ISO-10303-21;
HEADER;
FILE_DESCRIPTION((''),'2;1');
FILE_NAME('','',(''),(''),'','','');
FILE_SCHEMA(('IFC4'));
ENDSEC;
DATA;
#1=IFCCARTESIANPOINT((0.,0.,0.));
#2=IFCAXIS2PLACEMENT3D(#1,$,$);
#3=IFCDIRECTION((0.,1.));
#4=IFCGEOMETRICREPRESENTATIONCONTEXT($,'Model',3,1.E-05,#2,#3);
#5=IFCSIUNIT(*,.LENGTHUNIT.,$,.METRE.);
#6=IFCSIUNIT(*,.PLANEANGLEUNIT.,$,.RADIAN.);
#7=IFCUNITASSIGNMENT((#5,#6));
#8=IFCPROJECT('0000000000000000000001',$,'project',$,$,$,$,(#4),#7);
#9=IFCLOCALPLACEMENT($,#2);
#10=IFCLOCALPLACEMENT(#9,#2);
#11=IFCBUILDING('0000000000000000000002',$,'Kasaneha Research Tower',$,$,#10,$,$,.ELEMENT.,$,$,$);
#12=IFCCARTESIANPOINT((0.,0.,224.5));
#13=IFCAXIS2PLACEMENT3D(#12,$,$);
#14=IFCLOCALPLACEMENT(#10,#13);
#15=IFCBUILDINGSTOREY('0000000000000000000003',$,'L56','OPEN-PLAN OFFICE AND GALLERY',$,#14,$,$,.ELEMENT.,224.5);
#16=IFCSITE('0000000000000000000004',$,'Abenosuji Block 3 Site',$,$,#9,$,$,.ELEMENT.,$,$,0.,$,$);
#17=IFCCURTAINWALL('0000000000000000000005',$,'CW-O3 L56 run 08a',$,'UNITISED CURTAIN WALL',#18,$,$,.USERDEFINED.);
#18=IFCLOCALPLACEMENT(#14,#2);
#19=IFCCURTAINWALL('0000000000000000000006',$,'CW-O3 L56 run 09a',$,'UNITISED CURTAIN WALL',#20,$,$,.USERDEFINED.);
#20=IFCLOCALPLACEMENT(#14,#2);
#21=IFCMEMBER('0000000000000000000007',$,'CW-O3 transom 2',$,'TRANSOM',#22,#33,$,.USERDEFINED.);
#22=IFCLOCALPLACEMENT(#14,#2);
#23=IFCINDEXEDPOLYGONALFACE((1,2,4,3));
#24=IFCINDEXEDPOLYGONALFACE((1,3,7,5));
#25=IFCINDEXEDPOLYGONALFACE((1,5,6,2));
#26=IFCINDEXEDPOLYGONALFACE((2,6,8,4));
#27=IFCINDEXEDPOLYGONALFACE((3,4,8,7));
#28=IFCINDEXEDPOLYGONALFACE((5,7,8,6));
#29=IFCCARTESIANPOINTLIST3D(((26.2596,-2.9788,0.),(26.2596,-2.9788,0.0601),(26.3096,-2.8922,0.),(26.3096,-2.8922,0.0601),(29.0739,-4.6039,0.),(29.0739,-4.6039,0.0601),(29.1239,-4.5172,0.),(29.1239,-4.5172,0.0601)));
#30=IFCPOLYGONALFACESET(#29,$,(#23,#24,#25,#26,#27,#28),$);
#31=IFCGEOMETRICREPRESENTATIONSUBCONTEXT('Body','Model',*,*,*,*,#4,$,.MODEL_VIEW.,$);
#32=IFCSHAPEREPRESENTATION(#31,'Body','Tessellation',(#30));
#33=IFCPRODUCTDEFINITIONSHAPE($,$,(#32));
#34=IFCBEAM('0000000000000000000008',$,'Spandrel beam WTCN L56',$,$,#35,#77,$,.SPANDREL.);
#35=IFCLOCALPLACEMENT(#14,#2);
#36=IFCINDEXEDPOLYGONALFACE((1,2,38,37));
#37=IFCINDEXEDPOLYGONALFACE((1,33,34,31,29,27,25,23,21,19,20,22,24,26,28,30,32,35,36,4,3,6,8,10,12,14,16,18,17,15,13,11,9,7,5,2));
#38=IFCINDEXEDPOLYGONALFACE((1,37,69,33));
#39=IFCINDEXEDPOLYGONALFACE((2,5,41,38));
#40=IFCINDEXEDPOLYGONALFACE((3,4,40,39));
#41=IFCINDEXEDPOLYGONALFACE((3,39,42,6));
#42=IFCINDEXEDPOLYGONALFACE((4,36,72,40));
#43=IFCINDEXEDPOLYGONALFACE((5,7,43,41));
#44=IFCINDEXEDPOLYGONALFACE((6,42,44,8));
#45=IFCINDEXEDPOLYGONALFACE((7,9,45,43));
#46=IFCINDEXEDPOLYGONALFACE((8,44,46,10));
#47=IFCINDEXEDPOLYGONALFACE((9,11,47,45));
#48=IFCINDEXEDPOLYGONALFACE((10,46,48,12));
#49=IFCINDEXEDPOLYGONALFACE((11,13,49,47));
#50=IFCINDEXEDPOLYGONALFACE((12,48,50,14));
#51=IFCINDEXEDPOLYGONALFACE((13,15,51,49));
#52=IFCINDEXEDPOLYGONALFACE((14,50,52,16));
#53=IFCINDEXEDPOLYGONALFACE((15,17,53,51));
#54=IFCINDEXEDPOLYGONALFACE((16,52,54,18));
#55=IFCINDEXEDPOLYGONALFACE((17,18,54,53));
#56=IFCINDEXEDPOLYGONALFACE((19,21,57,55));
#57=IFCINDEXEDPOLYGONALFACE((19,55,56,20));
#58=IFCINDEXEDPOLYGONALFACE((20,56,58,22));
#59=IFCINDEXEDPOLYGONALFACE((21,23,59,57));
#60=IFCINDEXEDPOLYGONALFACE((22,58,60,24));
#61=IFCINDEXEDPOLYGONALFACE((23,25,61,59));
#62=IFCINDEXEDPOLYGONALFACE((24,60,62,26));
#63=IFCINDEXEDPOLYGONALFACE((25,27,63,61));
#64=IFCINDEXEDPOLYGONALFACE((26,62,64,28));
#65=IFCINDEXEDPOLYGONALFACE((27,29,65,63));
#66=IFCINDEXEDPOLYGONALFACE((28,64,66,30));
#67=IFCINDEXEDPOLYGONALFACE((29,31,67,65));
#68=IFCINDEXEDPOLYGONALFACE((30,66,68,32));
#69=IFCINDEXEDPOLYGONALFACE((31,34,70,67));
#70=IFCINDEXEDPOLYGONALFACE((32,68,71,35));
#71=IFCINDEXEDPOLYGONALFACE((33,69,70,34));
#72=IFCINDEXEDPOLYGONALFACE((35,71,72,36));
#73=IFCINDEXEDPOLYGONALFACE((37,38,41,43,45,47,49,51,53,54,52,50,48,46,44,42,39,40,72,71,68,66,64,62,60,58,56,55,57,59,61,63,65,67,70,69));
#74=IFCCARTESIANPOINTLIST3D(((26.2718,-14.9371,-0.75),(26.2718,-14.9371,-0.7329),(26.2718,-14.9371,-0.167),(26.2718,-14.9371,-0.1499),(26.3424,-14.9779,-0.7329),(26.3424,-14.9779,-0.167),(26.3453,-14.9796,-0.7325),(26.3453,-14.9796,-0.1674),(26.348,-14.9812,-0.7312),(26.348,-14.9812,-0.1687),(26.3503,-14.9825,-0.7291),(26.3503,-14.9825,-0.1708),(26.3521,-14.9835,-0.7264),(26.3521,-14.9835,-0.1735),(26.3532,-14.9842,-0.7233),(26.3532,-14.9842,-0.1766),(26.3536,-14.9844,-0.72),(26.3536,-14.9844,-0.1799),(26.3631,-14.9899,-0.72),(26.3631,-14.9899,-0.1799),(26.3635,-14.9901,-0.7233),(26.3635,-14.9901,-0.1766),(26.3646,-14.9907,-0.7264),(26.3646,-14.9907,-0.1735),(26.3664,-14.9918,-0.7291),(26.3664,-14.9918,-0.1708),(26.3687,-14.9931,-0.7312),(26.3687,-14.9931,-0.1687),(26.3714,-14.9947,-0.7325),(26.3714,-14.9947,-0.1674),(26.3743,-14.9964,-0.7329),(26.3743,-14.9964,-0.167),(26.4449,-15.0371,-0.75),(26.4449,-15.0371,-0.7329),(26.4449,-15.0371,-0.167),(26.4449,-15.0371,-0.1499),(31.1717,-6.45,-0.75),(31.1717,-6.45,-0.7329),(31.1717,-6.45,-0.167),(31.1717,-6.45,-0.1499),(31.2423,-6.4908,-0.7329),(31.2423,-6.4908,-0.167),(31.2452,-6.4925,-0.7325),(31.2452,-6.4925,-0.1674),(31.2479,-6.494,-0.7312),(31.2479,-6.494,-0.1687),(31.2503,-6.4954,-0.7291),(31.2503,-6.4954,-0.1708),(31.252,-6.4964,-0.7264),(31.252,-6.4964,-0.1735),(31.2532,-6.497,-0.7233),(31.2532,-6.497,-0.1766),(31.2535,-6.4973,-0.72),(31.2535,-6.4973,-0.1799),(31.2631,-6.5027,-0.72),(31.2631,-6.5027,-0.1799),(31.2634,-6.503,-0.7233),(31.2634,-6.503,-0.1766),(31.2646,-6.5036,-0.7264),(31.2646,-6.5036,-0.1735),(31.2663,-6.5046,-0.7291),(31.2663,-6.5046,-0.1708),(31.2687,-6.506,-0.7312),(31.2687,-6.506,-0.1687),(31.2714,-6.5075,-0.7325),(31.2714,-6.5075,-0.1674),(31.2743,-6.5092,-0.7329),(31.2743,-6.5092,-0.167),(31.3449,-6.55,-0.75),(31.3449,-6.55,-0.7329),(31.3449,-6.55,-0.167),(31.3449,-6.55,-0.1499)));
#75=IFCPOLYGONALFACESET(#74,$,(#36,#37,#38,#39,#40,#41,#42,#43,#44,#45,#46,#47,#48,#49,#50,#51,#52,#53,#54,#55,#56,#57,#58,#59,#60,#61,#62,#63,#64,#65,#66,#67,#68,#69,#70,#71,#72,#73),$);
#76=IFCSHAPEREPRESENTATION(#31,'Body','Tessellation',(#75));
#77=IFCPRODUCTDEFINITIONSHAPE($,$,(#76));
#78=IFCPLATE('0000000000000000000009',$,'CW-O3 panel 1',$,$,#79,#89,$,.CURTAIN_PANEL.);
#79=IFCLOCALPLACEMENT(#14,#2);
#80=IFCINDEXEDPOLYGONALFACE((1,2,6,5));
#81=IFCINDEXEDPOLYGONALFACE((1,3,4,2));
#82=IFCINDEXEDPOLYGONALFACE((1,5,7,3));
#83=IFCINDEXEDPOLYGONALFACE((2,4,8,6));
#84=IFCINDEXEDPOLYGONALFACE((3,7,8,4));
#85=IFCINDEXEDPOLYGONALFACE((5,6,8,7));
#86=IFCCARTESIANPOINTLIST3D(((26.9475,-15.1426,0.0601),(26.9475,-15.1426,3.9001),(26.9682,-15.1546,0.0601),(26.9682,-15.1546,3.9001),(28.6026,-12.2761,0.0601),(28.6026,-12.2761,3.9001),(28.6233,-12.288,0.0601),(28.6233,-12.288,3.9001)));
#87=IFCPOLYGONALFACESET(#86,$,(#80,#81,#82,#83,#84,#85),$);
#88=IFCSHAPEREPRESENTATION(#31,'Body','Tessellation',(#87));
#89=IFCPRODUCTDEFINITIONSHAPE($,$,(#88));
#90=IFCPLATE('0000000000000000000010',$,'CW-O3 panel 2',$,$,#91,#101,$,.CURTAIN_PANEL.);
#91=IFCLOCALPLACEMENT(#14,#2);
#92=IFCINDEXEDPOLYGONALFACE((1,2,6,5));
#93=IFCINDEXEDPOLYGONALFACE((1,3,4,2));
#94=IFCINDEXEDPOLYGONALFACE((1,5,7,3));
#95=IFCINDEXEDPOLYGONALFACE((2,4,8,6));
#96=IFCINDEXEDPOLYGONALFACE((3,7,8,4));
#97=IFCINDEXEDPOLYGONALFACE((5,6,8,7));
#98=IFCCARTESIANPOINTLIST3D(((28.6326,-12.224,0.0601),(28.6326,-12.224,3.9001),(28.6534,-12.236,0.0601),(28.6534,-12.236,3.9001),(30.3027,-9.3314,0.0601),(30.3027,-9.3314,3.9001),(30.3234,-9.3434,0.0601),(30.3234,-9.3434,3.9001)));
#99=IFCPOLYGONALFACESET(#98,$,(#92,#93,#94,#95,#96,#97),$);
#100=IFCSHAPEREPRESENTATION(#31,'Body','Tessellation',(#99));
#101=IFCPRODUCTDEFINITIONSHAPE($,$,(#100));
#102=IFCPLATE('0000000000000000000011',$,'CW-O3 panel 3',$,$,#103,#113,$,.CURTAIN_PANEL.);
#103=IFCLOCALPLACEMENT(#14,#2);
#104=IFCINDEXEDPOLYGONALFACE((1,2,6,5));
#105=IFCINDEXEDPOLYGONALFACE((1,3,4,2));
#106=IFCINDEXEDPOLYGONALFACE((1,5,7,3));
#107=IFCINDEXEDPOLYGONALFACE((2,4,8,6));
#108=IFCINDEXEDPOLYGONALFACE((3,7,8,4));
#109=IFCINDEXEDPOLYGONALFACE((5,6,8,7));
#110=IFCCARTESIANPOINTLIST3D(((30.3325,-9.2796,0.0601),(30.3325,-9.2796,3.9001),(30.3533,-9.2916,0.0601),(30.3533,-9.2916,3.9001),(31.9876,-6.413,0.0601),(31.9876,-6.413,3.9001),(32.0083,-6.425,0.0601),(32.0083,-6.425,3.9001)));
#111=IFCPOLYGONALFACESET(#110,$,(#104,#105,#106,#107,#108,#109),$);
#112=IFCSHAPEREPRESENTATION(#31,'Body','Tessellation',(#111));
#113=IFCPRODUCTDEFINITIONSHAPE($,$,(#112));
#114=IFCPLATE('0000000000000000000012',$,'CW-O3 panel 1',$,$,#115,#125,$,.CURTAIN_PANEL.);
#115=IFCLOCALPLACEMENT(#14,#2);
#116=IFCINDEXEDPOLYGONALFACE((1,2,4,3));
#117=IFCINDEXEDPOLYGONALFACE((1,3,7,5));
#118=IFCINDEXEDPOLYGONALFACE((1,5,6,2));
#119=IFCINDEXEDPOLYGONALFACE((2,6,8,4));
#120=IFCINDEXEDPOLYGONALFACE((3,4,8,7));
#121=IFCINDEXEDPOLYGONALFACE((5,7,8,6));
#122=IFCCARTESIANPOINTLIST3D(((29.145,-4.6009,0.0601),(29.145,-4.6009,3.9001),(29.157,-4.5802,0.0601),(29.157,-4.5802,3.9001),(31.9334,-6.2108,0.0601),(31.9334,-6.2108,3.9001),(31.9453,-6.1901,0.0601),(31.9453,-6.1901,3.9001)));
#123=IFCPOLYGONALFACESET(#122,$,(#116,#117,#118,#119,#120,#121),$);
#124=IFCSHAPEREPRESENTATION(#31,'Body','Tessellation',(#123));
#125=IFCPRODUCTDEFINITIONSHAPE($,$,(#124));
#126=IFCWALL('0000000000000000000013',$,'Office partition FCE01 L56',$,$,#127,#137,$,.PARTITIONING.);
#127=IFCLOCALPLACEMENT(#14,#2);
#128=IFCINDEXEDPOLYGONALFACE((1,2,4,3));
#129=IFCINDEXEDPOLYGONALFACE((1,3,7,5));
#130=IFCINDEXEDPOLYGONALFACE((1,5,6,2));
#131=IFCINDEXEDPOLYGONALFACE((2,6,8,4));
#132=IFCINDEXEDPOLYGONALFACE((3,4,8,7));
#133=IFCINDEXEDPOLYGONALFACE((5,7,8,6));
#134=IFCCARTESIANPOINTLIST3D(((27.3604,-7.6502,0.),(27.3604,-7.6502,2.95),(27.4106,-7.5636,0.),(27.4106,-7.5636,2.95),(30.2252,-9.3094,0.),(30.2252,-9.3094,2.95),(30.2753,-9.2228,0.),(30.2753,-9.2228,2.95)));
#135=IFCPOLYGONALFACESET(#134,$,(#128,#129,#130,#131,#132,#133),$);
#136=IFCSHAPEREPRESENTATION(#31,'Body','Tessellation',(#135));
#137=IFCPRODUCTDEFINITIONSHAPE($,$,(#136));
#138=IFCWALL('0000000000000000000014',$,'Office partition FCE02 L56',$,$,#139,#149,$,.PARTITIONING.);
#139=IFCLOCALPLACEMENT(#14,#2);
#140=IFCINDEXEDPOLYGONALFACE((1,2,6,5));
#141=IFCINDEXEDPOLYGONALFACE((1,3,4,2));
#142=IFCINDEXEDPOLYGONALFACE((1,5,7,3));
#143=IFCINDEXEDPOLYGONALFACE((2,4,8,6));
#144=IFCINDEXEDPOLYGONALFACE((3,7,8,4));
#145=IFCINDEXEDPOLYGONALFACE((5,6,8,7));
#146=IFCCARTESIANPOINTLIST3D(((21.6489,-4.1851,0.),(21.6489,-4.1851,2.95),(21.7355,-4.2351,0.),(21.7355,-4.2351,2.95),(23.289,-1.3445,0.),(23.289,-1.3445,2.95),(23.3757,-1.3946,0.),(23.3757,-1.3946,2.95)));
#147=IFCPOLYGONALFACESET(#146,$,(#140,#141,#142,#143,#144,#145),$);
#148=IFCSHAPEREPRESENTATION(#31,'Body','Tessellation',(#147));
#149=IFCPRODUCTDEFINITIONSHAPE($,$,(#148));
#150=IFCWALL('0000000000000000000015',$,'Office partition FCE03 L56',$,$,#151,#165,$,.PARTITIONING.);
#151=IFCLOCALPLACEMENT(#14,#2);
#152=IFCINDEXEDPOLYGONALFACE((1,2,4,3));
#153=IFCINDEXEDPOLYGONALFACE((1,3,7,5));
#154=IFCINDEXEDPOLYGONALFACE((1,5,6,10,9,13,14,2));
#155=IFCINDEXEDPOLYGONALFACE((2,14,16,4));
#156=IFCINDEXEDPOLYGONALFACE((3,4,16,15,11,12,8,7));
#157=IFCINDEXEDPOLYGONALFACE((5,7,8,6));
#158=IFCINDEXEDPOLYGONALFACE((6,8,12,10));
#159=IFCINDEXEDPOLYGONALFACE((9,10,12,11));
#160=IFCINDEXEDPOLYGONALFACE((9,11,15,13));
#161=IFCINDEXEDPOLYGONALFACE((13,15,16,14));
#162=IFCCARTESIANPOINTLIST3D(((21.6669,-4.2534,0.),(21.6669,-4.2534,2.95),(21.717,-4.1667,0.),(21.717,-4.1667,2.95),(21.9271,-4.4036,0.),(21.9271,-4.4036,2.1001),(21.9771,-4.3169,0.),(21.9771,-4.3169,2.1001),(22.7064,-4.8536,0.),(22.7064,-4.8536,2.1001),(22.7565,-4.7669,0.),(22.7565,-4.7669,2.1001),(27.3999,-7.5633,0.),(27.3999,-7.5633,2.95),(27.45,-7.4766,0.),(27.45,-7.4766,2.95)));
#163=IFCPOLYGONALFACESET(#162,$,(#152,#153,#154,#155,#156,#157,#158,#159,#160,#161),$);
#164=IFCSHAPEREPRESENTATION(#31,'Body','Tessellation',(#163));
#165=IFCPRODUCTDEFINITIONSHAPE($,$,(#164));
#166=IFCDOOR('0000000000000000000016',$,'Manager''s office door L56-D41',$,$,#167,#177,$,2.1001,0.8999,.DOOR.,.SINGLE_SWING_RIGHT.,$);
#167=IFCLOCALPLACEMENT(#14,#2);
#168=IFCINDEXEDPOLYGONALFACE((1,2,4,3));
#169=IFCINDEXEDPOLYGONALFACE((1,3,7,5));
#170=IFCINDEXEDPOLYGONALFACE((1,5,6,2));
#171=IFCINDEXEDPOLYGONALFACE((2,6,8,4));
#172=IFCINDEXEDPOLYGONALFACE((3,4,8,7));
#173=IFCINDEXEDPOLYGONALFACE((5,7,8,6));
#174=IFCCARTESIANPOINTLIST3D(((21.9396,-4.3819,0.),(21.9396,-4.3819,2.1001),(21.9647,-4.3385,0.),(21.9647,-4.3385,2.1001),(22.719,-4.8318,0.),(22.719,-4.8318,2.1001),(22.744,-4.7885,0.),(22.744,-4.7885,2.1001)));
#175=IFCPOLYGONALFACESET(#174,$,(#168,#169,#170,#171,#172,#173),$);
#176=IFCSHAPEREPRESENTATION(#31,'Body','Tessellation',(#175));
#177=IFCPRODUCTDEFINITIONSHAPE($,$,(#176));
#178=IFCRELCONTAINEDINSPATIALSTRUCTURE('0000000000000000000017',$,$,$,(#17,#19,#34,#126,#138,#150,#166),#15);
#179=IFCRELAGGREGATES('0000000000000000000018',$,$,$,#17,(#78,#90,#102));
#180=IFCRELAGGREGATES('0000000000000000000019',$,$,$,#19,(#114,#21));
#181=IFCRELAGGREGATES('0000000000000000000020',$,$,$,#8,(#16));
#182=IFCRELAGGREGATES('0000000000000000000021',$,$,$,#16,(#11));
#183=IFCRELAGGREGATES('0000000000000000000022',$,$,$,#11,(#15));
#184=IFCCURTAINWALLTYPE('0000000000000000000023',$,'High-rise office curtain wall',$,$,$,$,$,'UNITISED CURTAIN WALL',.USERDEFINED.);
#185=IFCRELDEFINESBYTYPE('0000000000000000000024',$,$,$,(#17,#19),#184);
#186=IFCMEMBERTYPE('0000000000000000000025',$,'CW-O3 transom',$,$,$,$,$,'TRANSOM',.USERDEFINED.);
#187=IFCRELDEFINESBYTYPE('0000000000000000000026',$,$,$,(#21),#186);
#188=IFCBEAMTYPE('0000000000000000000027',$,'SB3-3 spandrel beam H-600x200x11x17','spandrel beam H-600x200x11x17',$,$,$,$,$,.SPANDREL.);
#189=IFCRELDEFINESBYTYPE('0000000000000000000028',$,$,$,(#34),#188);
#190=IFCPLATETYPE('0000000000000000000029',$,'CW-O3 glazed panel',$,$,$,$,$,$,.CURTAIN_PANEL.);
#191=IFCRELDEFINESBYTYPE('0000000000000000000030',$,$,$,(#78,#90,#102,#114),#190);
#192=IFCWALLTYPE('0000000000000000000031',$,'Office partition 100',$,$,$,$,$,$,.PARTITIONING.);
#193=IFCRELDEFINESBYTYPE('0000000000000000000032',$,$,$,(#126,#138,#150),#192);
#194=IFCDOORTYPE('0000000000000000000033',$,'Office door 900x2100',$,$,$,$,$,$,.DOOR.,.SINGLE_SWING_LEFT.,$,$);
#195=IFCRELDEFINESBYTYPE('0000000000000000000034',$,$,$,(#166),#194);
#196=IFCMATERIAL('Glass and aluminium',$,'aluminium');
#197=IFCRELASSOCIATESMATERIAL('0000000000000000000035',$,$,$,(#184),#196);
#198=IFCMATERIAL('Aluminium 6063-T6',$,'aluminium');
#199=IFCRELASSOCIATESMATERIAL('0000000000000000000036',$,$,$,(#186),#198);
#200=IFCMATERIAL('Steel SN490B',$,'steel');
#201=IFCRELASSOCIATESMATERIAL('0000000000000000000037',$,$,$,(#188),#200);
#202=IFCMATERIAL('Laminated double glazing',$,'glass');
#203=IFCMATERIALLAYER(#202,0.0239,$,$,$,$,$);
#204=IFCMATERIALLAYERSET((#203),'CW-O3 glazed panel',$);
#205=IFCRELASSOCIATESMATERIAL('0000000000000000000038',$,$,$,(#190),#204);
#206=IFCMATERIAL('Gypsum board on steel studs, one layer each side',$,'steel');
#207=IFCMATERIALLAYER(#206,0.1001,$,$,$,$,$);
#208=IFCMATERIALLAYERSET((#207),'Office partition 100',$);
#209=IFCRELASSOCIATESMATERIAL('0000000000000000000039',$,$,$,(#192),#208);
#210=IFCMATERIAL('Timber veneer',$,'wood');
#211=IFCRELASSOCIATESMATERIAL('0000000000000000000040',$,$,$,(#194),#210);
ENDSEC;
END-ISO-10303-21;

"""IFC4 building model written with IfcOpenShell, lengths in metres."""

from ifc_helpers import new_model, si_unit, direction, frame, frame_2d, origin, origin_2d, place, context, subcontext, project, spatial, rectangle, i_section, extrude, material, layer, layer_set, material_profile, profile_set, type_object, element, fill, aggregate, save


model = new_model("IFC4")

# Units and contexts
model_context = context("Model", 3, precision=1e-05, world=origin(), true_north=direction((0.0, 1.0)))
body_context = subcontext(model_context, "Body", "Model", "MODEL_VIEW")
ifc_project = project(units=[si_unit("LENGTHUNIT", "METRE"), si_unit("PLANEANGLEUNIT", "RADIAN")], contexts=[model_context])

# Site, building, storey
site_placement = place(None, origin())
site = spatial("IfcSite", under=ifc_project, at=site_placement, Name="Abenosuji Block 3 Site", CompositionType="ELEMENT", RefElevation=0.0)
building_placement = place(site_placement, origin())
building = spatial("IfcBuilding", under=site, at=building_placement, Name="Kasaneha Research Tower", CompositionType="ELEMENT")
storey_placement = place(building_placement, frame((0.0, 0.0, 224.5)))
storey = spatial("IfcBuildingStorey", under=building, at=storey_placement, Name="L56", Description="OPEN-PLAN OFFICE AND GALLERY", CompositionType="ELEMENT", Elevation=224.5)

# Curtain walls
ifc_material_1 = material(Name="Glass and aluminium", Category="aluminium")
curtain_wall_type = type_object("IfcCurtainWallType", Name="High-rise office curtain wall", ElementType="UNITISED CURTAIN WALL", PredefinedType="USERDEFINED", material=ifc_material_1)
curtain_wall_1_placement = place(storey_placement, origin())
curtain_wall_1 = element("IfcCurtainWall", 1, at=curtain_wall_1_placement, inside=storey, type_object=curtain_wall_type, Name="CW-O3 L56 run 08a", ObjectType="UNITISED CURTAIN WALL", PredefinedType="USERDEFINED")
curtain_wall_2_placement = place(storey_placement, origin())
curtain_wall_2 = element("IfcCurtainWall", 2, at=curtain_wall_2_placement, inside=storey, type_object=curtain_wall_type, Name="CW-O3 L56 run 09a", ObjectType="UNITISED CURTAIN WALL", PredefinedType="USERDEFINED")

# Member
ifc_material_2 = material(Name="Aluminium 6063-T6", Category="aluminium")
ifc_material_profile_1 = material_profile(ifc_material_2, rectangle(XDim=0.1001, YDim=0.0601, at=origin_2d()), Name="CW-O3 transom 100x60")
ifc_profile_set_1 = profile_set([ifc_material_profile_1], Name="Aluminium 6063-T6")
member_type_1 = type_object("IfcMemberType", Name="CW-O3 transom", ElementType="TRANSOM", PredefinedType="USERDEFINED", material=ifc_profile_set_1)
member_1_placement = place(storey_placement, frame((29.0989, -4.5605, 0.03), z_axis=(-0.865997, 0.50005, 0.0), x_axis=(-0.50005, -0.865997, 0.0)))
member_1 = element("IfcMember", 3, at=member_1_placement, type_object=member_type_1, Name="CW-O3 transom 2", ObjectType="TRANSOM", PredefinedType="USERDEFINED", context=body_context, shape_type="SweptSolid", body=[
    extrude(rectangle(XDim=0.1001, YDim=0.0601, at=origin_2d()), origin(), (0.0, 0.0, 1.0), 3.2498),
])

# Beam
ifc_material_3 = material(Name="Steel SN490B", Category="steel")
ifc_material_profile_2 = material_profile(ifc_material_3, i_section(OverallWidth=0.2, OverallDepth=0.6001, WebThickness=0.011, FlangeThickness=0.0171, FilletRadius=0.0129, at=origin_2d()), Name="H-600x200x11x17")
ifc_profile_set_2 = profile_set([ifc_material_profile_2], Name="Steel SN490B")
beam_type_1 = type_object("IfcBeamType", Name="SB3-3 spandrel beam H-600x200x11x17", Description="spandrel beam H-600x200x11x17", PredefinedType="SPANDREL", material=ifc_profile_set_2)
beam_1_placement = place(storey_placement, frame((31.2583, -6.5, -0.45), z_axis=(-0.499992, -0.86603, 0.0), x_axis=(0.86603, -0.499992, 0.0)))
element("IfcBeam", 4, at=beam_1_placement, inside=storey, type_object=beam_type_1, Name="Spandrel beam WTCN L56", PredefinedType="SPANDREL", context=body_context, shape_type="SweptSolid", body=[
    extrude(i_section(OverallWidth=0.2, OverallDepth=0.6001, WebThickness=0.011, FlangeThickness=0.0171, FilletRadius=0.0129, at=origin_2d()), origin(), (0.0, 0.0, 1.0), 9.8),
])

# Plates
ifc_material_4 = material(Name="Laminated double glazing", Category="glass")
ifc_layer_1 = layer(ifc_material_4, 0.0239)
ifc_layer_set_1 = layer_set([ifc_layer_1], Name="CW-O3 glazed panel")
plate_type = type_object("IfcPlateType", Name="CW-O3 glazed panel", PredefinedType="CURTAIN_PANEL", material=ifc_layer_set_1)
plate_1_placement = place(storey_placement, frame((27.7854, -13.7153, 0.0601), z_axis=(0.0, 0.0, 1.0), x_axis=(0.5, 0.866025, 0.0)))
plate_1 = element("IfcPlate", 5, at=plate_1_placement, type_object=plate_type, Name="CW-O3 panel 1", PredefinedType="CURTAIN_PANEL", context=body_context, shape_type="SweptSolid", body=[
    extrude(rectangle(XDim=3.3101, YDim=0.0239, at=origin_2d()), origin(), (0.0, 0.0, 1.0), 3.8401),
])
plate_2_placement = place(storey_placement, frame((29.478, -10.7837, 0.0601), z_axis=(0.0, 0.0, 1.0), x_axis=(0.5, 0.866025, 0.0)))
plate_2 = element("IfcPlate", 6, at=plate_2_placement, type_object=plate_type, Name="CW-O3 panel 2", PredefinedType="CURTAIN_PANEL", context=body_context, shape_type="SweptSolid", body=[
    extrude(rectangle(XDim=3.3401, YDim=0.0239, at=origin_2d()), origin(), (0.0, 0.0, 1.0), 3.8401),
])
plate_3_placement = place(storey_placement, frame((31.1704, -7.8523, 0.0601), z_axis=(0.0, 0.0, 1.0), x_axis=(0.5, 0.866025, 0.0)))
plate_3 = element("IfcPlate", 7, at=plate_3_placement, type_object=plate_type, Name="CW-O3 panel 3", PredefinedType="CURTAIN_PANEL", context=body_context, shape_type="SweptSolid", body=[
    extrude(rectangle(XDim=3.3101, YDim=0.0239, at=origin_2d()), origin(), (0.0, 0.0, 1.0), 3.8401),
])
aggregate(curtain_wall_1, [plate_1, plate_2, plate_3])
plate_4_placement = place(storey_placement, frame((30.5452, -5.3955, 0.0601), z_axis=(0.0, 0.0, 1.0), x_axis=(-0.866025, 0.5, 0.0)))
plate_4 = element("IfcPlate", 8, at=plate_4_placement, type_object=plate_type, Name="CW-O3 panel 1", PredefinedType="CURTAIN_PANEL", context=body_context, shape_type="SweptSolid", body=[
    extrude(rectangle(XDim=3.2197, YDim=0.0239, at=origin_2d()), origin(), (0.0, 0.0, 1.0), 3.8401),
])
aggregate(curtain_wall_2, [plate_4, member_1])

# Walls
ifc_material_5 = material(Name="Gypsum board on steel studs, one layer each side", Category="steel")
ifc_layer_2 = layer(ifc_material_5, 0.1001)
ifc_layer_set_2 = layer_set([ifc_layer_2], Name="Office partition 100")
wall_type = type_object("IfcWallType", Name="Office partition 100", PredefinedType="PARTITIONING", material=ifc_layer_set_2)
wall_1_placement = place(storey_placement, frame((30.2502, -9.2661, 0.0), z_axis=(0.0, 0.0, 1.0), x_axis=(-0.865342, 0.501182, 0.0)))
element("IfcWall", 9, at=wall_1_placement, inside=storey, type_object=wall_type, Name="Office partition FCE01 L56", PredefinedType="PARTITIONING", context=body_context, shape_type="SweptSolid", body=[
    extrude(rectangle(XDim=3.3105, YDim=0.1001, at=frame_2d((1.6553, 0.0))), origin(), (0.0, 0.0, 1.0), 2.95),
])
wall_2_placement = place(storey_placement, frame((21.6921, -4.2102, 0.0), z_axis=(0.0, 0.0, 1.0), x_axis=(0.50003, 0.866008, 0.0)))
element("IfcWall", 10, at=wall_2_placement, inside=storey, type_object=wall_type, Name="Office partition FCE02 L56", PredefinedType="PARTITIONING", context=body_context, shape_type="SweptSolid", body=[
    extrude(rectangle(XDim=3.28, YDim=0.1001, at=frame_2d((1.6401, 0.0))), origin(), (0.0, 0.0, 1.0), 2.95),
])

# Wall, opening, door
wall_3_placement = place(storey_placement, frame((27.425, -7.52, 0.0), z_axis=(0.0, 0.0, 1.0), x_axis=(-0.866031, 0.499991, 0.0)))
wall_3 = element("IfcWall", 11, at=wall_3_placement, inside=storey, type_object=wall_type, Name="Office partition FCE03 L56", PredefinedType="PARTITIONING", context=body_context, shape_type="SweptSolid", body=[
    extrude(rectangle(XDim=6.6199, YDim=0.1001, at=frame_2d((3.3101, 0.0))), origin(), (0.0, 0.0, 1.0), 2.95),
])
opening_1_placement = place(wall_3_placement, frame((5.4197, 0.0, 0.0)))
opening_1 = element("IfcOpeningElement", 12, at=opening_1_placement, cuts=wall_3, PredefinedType="OPENING", context=body_context, shape_type="SweptSolid", body=[
    extrude(rectangle(XDim=0.8999, YDim=2.1001, at=frame_2d((0.45, 1.05))), frame((0.0, 0.0601, 0.0), z_axis=(0.0, -1.0, 0.0), x_axis=(1.0, 0.0, 0.0)), (0.0, 0.0, 1.0), 0.1201),
])
ifc_material_6 = material(Name="Timber veneer", Category="wood")
door_type = type_object("IfcDoorType", Name="Office door 900x2100", OperationType="SINGLE_SWING_LEFT", PredefinedType="DOOR", material=ifc_material_6)
door_1_placement = place(opening_1_placement, origin())
door_1 = element("IfcDoor", 13, at=door_1_placement, inside=storey, type_object=door_type, Name="Manager's office door L56-D41", OperationType="SINGLE_SWING_RIGHT", OverallHeight=2.1001, OverallWidth=0.8999, PredefinedType="DOOR", context=body_context, shape_type="SweptSolid", body=[
    extrude(rectangle(XDim=0.8999, YDim=2.1001, at=frame_2d((0.45, 1.05))), frame((0.0, 0.0249, 0.0), z_axis=(0.0, -1.0, 0.0), x_axis=(1.0, 0.0, 0.0)), (0.0, 0.0, 1.0), 0.05),
])
fill(opening_1, door_1)

save(model, "model.ifc")
